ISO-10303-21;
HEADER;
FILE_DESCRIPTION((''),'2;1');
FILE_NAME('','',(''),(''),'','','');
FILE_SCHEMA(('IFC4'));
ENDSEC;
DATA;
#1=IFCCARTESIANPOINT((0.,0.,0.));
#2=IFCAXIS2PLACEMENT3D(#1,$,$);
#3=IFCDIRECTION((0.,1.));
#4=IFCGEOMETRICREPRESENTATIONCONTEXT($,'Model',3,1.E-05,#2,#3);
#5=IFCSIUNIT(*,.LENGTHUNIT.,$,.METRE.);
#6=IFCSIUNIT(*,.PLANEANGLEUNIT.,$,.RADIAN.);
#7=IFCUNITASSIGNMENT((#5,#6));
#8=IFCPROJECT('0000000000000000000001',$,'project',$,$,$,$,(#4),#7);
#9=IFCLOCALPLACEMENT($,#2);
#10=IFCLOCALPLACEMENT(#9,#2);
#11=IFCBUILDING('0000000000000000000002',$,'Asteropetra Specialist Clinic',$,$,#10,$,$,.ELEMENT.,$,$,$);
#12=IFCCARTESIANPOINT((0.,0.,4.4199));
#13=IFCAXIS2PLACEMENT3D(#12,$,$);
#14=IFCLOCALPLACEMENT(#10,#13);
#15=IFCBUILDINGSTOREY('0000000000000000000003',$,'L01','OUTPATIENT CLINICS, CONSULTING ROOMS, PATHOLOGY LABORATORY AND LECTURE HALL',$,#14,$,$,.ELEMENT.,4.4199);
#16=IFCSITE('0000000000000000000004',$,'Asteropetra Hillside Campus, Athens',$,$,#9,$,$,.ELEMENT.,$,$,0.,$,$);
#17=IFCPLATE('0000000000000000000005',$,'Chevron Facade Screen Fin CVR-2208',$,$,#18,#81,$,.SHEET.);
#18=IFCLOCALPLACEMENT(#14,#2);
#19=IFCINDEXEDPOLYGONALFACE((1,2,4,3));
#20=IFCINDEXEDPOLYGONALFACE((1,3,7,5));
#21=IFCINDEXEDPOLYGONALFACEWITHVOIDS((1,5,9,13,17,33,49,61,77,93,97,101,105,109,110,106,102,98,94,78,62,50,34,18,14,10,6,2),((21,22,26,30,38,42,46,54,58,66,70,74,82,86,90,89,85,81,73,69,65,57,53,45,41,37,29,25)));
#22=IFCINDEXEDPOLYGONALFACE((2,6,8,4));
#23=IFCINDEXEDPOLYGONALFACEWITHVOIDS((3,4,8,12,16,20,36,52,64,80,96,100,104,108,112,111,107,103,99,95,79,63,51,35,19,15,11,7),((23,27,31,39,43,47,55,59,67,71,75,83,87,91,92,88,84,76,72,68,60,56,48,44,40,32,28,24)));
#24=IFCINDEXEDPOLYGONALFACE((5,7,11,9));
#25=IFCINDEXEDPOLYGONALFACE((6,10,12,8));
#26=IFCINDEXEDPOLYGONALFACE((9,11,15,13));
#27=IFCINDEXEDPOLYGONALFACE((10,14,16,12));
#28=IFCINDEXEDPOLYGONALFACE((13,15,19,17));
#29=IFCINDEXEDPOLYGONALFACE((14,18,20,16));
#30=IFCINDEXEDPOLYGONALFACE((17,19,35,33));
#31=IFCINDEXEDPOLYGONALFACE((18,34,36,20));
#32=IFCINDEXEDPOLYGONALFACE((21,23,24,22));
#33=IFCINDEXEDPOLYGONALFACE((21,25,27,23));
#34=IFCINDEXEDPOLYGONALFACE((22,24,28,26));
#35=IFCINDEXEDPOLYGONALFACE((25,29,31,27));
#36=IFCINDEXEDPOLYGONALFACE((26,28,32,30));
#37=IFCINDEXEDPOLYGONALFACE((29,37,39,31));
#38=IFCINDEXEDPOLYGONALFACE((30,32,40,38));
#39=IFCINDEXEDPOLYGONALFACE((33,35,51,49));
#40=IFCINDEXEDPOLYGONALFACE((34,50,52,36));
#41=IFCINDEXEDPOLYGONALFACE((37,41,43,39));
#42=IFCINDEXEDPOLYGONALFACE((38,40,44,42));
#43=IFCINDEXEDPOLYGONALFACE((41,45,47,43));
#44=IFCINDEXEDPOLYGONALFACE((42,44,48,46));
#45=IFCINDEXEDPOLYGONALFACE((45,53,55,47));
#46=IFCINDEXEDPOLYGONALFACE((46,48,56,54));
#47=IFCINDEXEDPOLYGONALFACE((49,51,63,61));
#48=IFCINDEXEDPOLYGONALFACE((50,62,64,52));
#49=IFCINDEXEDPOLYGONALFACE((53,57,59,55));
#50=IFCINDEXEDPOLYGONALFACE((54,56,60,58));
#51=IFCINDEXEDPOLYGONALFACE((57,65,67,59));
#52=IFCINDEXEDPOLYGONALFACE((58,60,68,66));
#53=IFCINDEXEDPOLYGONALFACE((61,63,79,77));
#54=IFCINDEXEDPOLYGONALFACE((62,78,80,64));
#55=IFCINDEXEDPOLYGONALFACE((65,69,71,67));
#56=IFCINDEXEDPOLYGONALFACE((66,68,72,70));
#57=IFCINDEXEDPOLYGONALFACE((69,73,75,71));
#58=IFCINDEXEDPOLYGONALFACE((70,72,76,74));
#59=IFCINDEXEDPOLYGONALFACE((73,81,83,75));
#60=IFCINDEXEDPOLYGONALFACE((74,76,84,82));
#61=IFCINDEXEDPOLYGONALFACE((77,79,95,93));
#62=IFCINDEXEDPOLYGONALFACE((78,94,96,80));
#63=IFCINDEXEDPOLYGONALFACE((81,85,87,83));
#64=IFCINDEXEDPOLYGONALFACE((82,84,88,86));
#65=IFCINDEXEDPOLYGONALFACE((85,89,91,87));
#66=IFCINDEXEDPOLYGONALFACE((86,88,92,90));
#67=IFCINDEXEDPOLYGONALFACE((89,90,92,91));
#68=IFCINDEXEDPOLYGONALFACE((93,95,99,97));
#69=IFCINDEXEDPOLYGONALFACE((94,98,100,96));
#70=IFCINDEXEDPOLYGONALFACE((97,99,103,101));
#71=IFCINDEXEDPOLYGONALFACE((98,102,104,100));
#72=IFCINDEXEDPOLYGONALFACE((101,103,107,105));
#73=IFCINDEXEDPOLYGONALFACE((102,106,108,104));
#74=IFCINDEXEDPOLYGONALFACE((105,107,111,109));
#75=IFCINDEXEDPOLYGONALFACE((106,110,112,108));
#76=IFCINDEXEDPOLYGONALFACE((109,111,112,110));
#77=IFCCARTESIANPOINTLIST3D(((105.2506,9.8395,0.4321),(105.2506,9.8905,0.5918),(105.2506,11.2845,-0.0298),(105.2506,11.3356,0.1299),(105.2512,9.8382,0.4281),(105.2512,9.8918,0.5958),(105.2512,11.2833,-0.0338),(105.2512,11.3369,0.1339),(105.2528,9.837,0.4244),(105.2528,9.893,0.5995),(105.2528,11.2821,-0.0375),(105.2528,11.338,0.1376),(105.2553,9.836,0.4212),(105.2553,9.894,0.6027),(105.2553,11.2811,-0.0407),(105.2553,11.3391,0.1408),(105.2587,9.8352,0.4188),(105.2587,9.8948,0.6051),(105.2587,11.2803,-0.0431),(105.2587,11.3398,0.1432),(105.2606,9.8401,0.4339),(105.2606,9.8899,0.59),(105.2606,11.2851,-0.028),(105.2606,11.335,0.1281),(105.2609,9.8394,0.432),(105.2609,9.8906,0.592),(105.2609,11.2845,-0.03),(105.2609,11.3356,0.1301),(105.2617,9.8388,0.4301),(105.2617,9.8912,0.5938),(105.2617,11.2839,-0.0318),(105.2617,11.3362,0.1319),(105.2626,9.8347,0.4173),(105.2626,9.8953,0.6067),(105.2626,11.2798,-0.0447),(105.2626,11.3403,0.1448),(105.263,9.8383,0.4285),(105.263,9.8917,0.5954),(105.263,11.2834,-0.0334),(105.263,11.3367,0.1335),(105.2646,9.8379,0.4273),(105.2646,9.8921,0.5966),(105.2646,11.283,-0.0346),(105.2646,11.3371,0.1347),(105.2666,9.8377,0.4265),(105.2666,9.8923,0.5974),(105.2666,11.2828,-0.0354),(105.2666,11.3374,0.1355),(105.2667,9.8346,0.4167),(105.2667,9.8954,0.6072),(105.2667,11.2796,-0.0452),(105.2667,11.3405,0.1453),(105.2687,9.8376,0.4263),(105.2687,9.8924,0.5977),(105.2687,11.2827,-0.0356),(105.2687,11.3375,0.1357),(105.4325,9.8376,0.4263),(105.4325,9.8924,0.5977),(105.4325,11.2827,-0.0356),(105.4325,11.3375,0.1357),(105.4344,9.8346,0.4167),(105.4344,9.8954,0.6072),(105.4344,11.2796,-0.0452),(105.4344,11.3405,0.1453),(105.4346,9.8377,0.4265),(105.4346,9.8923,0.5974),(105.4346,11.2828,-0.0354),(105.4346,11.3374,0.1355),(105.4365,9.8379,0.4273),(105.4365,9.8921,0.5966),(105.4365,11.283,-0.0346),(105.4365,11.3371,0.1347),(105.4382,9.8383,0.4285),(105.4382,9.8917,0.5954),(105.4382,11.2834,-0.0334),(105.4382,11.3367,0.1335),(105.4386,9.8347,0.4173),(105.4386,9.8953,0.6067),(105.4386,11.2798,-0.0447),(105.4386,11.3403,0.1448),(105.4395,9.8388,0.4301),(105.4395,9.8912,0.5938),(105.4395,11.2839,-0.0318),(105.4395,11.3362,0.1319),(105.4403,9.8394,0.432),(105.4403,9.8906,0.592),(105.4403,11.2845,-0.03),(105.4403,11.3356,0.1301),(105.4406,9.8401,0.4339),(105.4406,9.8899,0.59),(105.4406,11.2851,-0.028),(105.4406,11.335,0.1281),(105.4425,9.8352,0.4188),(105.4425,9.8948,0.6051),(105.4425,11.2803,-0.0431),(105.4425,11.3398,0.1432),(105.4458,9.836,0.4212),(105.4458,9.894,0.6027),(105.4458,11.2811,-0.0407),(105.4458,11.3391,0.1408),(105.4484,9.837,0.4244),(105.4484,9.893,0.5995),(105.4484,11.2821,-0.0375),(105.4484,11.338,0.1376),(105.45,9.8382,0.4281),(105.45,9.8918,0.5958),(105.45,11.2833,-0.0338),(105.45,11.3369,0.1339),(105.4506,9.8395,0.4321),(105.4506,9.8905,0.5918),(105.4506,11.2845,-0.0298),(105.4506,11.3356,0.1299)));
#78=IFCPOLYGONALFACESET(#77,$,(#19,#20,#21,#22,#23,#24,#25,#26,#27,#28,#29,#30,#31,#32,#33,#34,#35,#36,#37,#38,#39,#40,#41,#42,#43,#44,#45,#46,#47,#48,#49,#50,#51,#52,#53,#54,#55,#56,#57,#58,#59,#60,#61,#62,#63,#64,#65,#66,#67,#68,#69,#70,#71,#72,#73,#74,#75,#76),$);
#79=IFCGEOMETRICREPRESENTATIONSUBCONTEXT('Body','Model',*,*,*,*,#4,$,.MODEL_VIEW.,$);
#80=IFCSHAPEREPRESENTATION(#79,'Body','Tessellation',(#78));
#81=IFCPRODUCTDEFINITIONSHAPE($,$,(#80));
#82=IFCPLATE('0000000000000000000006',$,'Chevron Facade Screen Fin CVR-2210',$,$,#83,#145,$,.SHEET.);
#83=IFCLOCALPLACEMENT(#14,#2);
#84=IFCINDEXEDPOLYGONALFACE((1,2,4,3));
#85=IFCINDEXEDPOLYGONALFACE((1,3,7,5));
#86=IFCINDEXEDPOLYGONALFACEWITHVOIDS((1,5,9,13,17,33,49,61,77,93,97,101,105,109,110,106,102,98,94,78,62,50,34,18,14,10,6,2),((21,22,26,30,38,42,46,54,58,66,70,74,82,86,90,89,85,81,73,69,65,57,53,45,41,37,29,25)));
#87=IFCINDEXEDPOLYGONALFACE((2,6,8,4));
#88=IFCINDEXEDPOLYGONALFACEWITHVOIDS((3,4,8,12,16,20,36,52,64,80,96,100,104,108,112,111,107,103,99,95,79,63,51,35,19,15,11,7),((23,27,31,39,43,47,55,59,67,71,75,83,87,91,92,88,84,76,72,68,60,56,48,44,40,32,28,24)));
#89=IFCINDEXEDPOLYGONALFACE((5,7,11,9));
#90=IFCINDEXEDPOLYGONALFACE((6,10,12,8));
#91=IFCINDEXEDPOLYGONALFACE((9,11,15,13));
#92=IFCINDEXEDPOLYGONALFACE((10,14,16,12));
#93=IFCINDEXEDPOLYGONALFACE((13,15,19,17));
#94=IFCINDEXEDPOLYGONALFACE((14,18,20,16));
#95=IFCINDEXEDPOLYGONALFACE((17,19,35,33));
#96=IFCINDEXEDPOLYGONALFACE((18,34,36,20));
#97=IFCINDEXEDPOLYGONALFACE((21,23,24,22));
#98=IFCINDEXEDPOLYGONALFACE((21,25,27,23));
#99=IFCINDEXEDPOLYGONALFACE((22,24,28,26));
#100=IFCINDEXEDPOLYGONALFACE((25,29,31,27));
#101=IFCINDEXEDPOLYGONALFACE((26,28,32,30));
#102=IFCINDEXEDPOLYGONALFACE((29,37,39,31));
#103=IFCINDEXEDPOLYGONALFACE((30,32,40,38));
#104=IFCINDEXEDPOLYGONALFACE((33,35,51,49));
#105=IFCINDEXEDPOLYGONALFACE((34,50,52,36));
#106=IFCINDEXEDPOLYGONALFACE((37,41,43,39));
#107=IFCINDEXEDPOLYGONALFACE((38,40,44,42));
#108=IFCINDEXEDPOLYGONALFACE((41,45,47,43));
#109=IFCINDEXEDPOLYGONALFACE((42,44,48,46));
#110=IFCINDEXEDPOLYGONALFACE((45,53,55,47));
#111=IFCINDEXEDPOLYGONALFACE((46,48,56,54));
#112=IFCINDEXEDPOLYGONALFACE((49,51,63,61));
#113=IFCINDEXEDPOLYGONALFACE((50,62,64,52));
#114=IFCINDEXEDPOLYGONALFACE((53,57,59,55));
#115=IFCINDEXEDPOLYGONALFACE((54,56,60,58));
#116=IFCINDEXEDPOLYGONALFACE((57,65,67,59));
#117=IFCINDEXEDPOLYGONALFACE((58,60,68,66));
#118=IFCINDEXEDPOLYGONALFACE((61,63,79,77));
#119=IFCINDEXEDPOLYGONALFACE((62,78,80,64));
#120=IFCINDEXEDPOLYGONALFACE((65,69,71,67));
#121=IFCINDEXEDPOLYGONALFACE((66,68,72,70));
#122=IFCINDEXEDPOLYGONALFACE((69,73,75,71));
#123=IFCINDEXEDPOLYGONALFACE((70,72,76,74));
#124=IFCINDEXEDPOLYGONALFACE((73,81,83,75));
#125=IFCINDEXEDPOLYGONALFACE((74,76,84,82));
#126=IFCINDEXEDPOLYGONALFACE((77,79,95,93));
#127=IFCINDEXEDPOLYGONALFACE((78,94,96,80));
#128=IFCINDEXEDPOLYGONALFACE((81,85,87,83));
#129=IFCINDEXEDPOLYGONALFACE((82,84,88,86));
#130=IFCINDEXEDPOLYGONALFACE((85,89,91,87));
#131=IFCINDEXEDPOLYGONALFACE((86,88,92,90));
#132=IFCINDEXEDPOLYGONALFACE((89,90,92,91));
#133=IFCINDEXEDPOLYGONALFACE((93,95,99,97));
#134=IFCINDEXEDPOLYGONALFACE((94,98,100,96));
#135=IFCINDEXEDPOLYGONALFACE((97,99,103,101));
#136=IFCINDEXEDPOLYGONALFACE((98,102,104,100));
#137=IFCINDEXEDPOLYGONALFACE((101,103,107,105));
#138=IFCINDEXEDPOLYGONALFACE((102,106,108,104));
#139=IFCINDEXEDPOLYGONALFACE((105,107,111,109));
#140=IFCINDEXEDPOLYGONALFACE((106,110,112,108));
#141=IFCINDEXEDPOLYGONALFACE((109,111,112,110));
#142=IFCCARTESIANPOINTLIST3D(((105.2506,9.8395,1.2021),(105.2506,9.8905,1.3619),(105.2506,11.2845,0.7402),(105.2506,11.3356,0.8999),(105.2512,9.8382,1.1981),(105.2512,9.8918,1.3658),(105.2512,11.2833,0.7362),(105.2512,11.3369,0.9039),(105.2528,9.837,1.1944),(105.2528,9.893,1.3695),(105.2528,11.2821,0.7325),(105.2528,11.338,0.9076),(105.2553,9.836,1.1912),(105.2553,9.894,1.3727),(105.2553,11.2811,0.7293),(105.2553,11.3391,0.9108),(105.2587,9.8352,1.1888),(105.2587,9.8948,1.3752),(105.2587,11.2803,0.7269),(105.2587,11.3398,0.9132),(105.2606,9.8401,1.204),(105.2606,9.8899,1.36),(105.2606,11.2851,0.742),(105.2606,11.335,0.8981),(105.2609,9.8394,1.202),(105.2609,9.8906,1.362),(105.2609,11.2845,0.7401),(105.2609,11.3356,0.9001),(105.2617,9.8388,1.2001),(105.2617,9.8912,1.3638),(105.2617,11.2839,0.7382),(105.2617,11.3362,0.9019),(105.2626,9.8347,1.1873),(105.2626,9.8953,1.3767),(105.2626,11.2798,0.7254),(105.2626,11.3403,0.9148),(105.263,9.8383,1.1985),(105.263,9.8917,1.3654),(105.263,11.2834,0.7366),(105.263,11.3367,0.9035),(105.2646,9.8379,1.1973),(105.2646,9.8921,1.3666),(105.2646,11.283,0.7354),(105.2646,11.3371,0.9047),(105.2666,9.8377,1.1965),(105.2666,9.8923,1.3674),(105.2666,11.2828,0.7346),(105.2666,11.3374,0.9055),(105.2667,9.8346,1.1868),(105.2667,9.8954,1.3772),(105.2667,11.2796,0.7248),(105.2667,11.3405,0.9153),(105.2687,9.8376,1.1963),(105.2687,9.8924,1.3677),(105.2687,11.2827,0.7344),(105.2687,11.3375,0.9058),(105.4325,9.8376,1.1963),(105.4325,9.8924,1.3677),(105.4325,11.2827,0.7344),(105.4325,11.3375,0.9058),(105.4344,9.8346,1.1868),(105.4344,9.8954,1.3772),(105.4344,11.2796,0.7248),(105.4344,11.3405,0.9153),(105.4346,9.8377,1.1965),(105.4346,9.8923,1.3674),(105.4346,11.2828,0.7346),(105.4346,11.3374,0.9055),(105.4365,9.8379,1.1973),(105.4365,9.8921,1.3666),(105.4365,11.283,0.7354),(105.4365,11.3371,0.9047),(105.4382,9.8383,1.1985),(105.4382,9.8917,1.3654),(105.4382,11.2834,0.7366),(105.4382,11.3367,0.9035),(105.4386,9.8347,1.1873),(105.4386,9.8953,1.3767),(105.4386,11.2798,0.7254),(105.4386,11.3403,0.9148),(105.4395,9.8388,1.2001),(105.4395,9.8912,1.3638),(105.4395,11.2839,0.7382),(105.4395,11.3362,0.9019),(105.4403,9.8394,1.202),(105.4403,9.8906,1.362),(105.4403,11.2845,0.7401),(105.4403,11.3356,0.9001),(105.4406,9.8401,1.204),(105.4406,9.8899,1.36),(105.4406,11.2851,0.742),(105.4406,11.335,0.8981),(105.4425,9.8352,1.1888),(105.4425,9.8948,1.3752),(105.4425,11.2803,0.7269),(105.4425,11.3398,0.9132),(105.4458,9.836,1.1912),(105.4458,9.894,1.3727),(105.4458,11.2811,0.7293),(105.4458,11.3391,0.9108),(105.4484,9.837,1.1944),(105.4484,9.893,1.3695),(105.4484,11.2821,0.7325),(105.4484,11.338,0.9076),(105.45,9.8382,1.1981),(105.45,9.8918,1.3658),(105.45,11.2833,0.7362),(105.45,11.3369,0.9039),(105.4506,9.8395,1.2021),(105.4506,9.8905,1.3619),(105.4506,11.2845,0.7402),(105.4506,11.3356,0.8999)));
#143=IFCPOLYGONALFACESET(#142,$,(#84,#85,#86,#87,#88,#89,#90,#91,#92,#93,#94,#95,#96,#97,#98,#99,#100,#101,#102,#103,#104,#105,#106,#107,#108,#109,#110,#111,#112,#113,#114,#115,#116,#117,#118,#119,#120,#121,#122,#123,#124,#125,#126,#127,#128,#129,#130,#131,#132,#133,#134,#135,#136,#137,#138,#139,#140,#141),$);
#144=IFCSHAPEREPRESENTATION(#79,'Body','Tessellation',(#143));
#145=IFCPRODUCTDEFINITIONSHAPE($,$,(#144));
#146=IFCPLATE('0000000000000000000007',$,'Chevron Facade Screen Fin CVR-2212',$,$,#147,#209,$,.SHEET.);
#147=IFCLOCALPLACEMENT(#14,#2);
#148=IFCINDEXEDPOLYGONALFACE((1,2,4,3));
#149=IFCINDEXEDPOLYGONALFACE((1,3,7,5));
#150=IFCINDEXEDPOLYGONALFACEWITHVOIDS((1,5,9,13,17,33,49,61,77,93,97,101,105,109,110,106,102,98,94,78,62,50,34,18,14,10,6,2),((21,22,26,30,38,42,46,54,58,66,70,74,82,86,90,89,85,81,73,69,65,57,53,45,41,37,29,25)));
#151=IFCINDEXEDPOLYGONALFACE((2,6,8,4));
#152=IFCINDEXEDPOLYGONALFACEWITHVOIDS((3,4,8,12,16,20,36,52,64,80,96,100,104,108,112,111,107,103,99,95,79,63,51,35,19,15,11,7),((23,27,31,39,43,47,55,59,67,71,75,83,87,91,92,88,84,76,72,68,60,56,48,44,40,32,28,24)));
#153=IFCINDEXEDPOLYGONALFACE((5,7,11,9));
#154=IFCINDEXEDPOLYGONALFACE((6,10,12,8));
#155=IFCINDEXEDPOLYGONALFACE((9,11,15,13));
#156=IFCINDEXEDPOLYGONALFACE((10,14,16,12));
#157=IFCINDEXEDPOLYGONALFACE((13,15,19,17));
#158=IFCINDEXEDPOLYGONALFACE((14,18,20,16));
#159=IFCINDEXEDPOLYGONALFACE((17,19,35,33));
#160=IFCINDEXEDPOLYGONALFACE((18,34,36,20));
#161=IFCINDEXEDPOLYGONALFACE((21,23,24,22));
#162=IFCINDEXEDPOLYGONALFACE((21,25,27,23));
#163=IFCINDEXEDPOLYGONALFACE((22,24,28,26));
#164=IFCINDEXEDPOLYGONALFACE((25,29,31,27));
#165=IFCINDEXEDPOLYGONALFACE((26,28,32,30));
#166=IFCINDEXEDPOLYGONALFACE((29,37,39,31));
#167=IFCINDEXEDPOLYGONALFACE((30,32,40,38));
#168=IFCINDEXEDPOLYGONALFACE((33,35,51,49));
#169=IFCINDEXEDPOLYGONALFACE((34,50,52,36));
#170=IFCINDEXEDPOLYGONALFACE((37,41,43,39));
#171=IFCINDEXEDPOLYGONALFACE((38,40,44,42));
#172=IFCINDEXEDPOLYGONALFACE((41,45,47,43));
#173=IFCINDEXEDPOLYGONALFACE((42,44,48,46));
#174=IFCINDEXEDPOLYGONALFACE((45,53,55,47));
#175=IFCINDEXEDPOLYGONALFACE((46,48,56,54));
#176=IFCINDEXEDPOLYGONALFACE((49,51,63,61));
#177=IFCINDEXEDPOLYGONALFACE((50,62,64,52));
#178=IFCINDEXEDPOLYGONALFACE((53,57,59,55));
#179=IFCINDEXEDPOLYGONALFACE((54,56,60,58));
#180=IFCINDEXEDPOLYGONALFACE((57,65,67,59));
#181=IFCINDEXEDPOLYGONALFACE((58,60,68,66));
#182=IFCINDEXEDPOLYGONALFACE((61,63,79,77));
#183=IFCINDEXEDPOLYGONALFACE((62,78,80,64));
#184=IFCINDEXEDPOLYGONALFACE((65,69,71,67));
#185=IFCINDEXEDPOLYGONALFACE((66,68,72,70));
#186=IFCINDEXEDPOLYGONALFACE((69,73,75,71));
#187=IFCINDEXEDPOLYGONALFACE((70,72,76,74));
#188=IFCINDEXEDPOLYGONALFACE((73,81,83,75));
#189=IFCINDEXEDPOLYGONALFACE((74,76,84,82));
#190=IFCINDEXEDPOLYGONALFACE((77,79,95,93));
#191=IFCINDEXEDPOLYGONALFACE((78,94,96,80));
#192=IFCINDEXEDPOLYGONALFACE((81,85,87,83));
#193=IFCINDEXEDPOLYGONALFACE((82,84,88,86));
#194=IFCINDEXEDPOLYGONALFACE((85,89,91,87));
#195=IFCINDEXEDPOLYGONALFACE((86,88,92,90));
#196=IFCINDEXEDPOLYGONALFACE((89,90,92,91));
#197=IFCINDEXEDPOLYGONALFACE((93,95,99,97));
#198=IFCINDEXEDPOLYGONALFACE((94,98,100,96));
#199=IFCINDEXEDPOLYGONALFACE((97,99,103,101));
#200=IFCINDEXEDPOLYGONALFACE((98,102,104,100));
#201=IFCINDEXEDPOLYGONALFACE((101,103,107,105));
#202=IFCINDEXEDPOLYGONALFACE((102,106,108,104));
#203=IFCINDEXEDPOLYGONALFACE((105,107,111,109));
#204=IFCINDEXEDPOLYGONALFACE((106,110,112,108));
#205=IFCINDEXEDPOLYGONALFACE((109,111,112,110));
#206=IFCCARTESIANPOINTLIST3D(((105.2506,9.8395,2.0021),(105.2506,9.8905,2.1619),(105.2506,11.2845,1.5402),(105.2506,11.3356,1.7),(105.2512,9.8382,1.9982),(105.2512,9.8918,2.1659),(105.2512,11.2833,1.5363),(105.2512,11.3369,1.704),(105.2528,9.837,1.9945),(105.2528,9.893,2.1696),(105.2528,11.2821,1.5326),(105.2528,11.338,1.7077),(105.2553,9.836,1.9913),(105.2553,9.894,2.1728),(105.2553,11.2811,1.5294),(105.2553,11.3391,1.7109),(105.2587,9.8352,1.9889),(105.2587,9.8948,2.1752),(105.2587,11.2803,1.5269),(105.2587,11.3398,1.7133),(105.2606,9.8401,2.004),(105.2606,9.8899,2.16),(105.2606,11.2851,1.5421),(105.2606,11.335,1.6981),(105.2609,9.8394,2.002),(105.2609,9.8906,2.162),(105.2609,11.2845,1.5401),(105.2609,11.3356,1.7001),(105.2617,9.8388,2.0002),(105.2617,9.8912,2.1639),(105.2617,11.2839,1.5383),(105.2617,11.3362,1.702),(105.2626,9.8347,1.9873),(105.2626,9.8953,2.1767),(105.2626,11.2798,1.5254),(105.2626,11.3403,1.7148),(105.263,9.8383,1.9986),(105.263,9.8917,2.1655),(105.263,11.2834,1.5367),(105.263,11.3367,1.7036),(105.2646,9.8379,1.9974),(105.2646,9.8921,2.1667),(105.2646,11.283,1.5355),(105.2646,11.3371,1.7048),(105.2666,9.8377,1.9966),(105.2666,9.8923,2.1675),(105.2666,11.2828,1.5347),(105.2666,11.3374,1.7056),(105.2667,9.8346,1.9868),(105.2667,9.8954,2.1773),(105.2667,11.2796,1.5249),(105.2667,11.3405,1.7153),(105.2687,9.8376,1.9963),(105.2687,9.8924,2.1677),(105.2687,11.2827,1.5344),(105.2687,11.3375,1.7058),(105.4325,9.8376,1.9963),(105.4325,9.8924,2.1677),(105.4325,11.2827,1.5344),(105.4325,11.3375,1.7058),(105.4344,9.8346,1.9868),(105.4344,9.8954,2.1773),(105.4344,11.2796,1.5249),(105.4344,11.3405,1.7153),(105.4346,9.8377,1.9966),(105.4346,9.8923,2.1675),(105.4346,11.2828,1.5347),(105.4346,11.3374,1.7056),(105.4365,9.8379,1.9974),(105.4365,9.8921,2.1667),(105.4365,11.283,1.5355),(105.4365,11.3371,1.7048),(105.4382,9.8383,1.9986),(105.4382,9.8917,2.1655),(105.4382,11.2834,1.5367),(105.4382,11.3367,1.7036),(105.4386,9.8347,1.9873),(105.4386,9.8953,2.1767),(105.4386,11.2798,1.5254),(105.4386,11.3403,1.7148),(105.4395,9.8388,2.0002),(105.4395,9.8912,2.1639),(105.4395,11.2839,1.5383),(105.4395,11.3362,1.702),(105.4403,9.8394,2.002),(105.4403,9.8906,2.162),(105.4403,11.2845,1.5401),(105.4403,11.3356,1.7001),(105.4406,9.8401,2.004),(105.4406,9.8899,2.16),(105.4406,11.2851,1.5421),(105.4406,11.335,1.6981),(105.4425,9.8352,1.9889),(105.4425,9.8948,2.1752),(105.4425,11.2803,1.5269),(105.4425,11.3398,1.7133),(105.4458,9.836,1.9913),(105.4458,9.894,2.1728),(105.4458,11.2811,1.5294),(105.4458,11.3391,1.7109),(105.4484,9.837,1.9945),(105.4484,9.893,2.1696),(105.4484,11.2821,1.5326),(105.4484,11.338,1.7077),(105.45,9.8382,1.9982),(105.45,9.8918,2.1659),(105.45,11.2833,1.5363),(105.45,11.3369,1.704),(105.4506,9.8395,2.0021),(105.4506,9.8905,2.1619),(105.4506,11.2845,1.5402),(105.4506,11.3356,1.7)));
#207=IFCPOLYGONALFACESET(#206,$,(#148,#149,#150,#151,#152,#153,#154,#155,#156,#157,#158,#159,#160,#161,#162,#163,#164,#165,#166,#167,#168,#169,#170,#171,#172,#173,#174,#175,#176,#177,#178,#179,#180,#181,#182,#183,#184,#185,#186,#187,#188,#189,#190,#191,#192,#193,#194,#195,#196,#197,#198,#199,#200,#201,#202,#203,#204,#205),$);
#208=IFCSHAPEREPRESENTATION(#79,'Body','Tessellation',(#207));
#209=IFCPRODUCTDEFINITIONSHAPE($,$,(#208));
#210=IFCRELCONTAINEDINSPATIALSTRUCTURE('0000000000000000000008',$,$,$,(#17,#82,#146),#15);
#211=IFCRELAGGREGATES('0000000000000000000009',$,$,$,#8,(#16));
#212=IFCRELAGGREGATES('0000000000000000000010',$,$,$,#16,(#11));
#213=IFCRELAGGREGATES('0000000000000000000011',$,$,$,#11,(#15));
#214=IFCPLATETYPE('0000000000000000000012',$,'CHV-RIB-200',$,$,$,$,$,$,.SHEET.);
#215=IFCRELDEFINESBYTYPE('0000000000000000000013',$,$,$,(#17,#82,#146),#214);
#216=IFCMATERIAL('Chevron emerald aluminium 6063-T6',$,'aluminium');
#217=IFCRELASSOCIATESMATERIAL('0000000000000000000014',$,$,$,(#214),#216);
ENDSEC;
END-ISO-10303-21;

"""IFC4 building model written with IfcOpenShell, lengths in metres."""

from ifc_helpers import new_model, si_unit, direction, frame, origin, origin_2d, place, context, subcontext, project, spatial, hollow_rectangle, extrude, material, material_profile, profile_set, type_object, element, save


model = new_model("IFC4")

# Units and contexts
model_context = context("Model", 3, precision=1e-05, world=origin(), true_north=direction((0.0, 1.0)))
body_context = subcontext(model_context, "Body", "Model", "MODEL_VIEW")
ifc_project = project(units=[si_unit("LENGTHUNIT", "METRE"), si_unit("PLANEANGLEUNIT", "RADIAN")], contexts=[model_context])

# Site, building, storey
site_placement = place(None, origin())
site = spatial("IfcSite", under=ifc_project, at=site_placement, Name="Asteropetra Hillside Campus, Athens", CompositionType="ELEMENT", RefElevation=0.0)
building_placement = place(site_placement, origin())
building = spatial("IfcBuilding", under=site, at=building_placement, Name="Asteropetra Specialist Clinic", CompositionType="ELEMENT")
storey_placement = place(building_placement, frame((0.0, 0.0, 4.4199)))
storey = spatial("IfcBuildingStorey", under=building, at=storey_placement, Name="L01", Description="OUTPATIENT CLINICS, CONSULTING ROOMS, PATHOLOGY LABORATORY AND LECTURE HALL", CompositionType="ELEMENT", Elevation=4.4199)

# Plates
ifc_material_1 = material(Name="Chevron emerald aluminium 6063-T6", Category="aluminium")
ifc_material_profile = material_profile(ifc_material_1, hollow_rectangle(XDim=0.2, YDim=0.2, WallThickness=0.01, InnerFilletRadius=0.0081, OuterFilletRadius=0.0161, at=origin_2d()), Name="SHS 200x200x10.0")
ifc_profile_set = profile_set([ifc_material_profile], Name="Chevron emerald aluminium 6063-T6")
plate_type = type_object("IfcPlateType", Name="CHV-RIB-200", PredefinedType="SHEET", material=ifc_profile_set)
for number, where, z_axis, x_axis, name in (
    (1, (105.3506, 11.3101, 0.05), (0.0, -0.952521, 0.304472), (1.0, 0.0, 0.0), "Chevron Facade Screen Fin CVR-2208"),
    (2, (105.3506, 11.3101, 0.8201), (0.0, -0.952521, 0.304472), (1.0, 0.0, 0.0), "Chevron Facade Screen Fin CVR-2210"),
    (3, (105.3506, 11.3101, 1.6201), (0.0, -0.952521, 0.304472), (1.0, 0.0, 0.0), "Chevron Facade Screen Fin CVR-2212"),
):
    element("IfcPlate", number, at=place(storey_placement, frame(where, z_axis=z_axis, x_axis=x_axis)), inside=storey, type_object=plate_type, Name=name, PredefinedType="SHEET", context=body_context, shape_type="SweptSolid", body=[
        extrude(hollow_rectangle(XDim=0.2, YDim=0.2, WallThickness=0.01, InnerFilletRadius=0.0081, OuterFilletRadius=0.0161, at=origin_2d()), origin(), (0.0, 0.0, 1.0), 1.5171),
    ])

save(model, "model.ifc")
